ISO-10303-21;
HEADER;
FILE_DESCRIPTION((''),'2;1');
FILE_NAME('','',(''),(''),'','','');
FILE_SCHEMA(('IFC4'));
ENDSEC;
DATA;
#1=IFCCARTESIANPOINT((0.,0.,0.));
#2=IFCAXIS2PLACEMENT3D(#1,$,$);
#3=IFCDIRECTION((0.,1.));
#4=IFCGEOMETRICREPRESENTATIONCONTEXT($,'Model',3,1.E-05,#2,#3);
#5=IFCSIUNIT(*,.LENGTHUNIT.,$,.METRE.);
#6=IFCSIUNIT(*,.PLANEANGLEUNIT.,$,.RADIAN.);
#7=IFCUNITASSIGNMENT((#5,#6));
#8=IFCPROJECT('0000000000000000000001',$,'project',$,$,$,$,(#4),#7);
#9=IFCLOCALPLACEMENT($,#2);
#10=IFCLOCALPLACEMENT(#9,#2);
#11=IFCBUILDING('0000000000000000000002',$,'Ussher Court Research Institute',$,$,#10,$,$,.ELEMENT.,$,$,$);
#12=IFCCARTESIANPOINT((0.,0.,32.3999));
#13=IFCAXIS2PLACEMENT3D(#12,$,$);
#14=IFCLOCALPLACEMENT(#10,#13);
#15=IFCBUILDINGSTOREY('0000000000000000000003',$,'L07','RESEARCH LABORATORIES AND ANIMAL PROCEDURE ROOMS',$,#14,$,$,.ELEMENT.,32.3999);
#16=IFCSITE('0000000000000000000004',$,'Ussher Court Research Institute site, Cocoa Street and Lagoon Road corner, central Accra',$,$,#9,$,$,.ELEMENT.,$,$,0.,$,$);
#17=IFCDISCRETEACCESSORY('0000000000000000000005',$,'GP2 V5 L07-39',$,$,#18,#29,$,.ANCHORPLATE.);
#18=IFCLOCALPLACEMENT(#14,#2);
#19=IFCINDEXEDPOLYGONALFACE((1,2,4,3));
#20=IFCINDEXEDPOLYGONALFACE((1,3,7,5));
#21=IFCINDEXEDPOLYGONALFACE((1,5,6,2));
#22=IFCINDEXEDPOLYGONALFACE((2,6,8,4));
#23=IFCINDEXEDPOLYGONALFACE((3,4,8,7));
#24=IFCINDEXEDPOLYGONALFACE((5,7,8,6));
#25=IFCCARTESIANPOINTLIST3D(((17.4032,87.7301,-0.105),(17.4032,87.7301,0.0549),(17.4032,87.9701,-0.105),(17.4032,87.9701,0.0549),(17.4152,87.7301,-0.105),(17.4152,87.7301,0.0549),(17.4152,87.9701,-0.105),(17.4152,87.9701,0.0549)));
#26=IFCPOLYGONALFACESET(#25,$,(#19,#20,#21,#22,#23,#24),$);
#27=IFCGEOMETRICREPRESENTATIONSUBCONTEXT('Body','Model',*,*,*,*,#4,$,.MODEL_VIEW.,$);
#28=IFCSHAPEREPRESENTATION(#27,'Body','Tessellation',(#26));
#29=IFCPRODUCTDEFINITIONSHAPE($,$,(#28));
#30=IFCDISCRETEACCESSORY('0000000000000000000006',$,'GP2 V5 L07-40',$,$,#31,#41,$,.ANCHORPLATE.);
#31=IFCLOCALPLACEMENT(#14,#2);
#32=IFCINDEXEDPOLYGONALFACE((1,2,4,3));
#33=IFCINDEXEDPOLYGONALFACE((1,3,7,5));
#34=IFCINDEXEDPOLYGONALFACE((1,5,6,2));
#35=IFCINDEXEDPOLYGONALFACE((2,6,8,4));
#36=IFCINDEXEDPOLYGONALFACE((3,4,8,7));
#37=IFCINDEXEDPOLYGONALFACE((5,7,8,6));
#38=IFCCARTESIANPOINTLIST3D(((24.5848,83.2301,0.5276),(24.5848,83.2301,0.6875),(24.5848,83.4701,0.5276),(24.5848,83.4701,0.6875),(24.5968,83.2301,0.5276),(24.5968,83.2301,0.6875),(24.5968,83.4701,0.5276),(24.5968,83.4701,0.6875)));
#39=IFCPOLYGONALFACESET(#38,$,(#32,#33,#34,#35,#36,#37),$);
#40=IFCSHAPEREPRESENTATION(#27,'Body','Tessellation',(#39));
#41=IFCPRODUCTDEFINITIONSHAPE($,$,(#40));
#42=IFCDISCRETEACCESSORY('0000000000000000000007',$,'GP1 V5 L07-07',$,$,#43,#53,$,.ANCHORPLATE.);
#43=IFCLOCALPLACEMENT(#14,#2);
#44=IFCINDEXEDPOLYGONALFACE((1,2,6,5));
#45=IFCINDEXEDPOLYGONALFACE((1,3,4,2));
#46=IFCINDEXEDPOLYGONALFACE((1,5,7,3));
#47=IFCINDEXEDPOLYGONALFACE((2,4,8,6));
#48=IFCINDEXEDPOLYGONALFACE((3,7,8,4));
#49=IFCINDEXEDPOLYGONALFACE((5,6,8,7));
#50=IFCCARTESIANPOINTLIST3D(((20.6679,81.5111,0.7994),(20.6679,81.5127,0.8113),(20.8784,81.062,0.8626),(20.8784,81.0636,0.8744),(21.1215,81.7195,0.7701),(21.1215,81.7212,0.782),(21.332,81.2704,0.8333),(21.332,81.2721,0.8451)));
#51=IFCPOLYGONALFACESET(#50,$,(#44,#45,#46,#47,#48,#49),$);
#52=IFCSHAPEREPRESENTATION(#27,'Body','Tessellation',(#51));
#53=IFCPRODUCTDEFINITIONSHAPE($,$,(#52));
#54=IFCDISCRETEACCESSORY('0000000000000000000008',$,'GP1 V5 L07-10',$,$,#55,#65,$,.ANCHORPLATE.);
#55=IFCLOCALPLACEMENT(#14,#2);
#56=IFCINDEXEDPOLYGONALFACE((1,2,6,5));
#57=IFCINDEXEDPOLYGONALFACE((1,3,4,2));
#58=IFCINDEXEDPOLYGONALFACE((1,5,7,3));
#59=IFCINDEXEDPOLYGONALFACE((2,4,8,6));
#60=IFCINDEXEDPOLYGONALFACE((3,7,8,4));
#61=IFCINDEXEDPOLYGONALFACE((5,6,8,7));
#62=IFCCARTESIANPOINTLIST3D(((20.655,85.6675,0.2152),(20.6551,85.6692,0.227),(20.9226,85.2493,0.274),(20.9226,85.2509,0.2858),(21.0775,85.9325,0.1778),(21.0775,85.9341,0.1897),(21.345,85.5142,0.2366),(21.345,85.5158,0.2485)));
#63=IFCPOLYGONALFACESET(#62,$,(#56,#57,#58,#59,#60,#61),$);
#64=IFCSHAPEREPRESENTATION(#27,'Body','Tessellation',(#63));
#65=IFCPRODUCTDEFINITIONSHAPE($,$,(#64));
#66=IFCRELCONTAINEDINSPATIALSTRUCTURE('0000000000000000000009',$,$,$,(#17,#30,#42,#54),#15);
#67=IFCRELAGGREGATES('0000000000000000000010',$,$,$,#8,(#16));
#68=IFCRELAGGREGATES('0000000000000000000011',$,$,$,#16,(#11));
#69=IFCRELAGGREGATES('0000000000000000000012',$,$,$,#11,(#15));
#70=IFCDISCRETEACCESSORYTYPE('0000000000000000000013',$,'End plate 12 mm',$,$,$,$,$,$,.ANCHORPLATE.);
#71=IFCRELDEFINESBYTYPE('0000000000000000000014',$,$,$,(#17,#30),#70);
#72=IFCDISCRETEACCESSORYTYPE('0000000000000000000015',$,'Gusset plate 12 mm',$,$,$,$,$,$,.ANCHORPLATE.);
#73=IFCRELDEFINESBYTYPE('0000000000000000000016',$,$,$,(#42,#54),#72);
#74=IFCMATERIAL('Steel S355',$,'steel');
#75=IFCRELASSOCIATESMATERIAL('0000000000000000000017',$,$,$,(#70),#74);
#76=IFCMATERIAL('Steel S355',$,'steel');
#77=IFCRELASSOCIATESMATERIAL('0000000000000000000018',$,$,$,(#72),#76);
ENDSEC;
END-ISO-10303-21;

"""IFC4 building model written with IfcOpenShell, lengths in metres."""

from ifc_helpers import new_model, si_unit, direction, frame, origin, origin_2d, place, context, subcontext, project, spatial, rectangle, extrude, material, material_profile, profile_set, type_object, element, save


model = new_model("IFC4")

# Units and contexts
model_context = context("Model", 3, precision=1e-05, world=origin(), true_north=direction((0.0, 1.0)))
body_context = subcontext(model_context, "Body", "Model", "MODEL_VIEW")
ifc_project = project(units=[si_unit("LENGTHUNIT", "METRE"), si_unit("PLANEANGLEUNIT", "RADIAN")], contexts=[model_context])

# Site, building, storey
site_placement = place(None, origin())
site = spatial("IfcSite", under=ifc_project, at=site_placement, Name="Ussher Court Research Institute site, Cocoa Street and Lagoon Road corner, central Accra", CompositionType="ELEMENT", RefElevation=0.0)
building_placement = place(site_placement, origin())
building = spatial("IfcBuilding", under=site, at=building_placement, Name="Ussher Court Research Institute", CompositionType="ELEMENT")
storey_placement = place(building_placement, frame((0.0, 0.0, 32.3999)))
storey = spatial("IfcBuildingStorey", under=building, at=storey_placement, Name="L07", Description="RESEARCH LABORATORIES AND ANIMAL PROCEDURE ROOMS", CompositionType="ELEMENT", Elevation=32.3999)

# Discrete accessories
ifc_material_1 = material(Name="Steel S355", Category="steel")
ifc_material_profile_1 = material_profile(ifc_material_1, rectangle(XDim=0.012, YDim=0.24, at=origin_2d()), Name="PL 12x240")
ifc_profile_set_1 = profile_set([ifc_material_profile_1], Name="Steel S355")
discrete_accessory_type_1 = type_object("IfcDiscreteAccessoryType", Name="End plate 12 mm", PredefinedType="ANCHORPLATE", material=ifc_profile_set_1)
for number, where, z_axis, x_axis, name in (
    (1, (17.4092, 87.8501, -0.105), (0.0, 0.0, 1.0), (1.0, 0.0, 0.0), "GP2 V5 L07-39"),
    (2, (24.5908, 83.3501, 0.5276), (0.0, 0.0, 1.0), (1.0, 0.0, 0.0), "GP2 V5 L07-40"),
):
    element("IfcDiscreteAccessory", number, at=place(storey_placement, frame(where, z_axis=z_axis, x_axis=x_axis)), inside=storey, type_object=discrete_accessory_type_1, Name=name, PredefinedType="ANCHORPLATE", context=body_context, shape_type="SweptSolid", body=[
        extrude(rectangle(XDim=0.012, YDim=0.24, at=origin_2d()), origin(), (0.0, 0.0, 1.0), 0.1599),
    ])
ifc_material_2 = material(Name="Steel S355", Category="steel")
ifc_material_profile_2 = material_profile(ifc_material_2, rectangle(XDim=0.5, YDim=0.012, at=origin_2d()), Name="PL 500x12")
ifc_profile_set_2 = profile_set([ifc_material_profile_2], Name="Steel S355")
discrete_accessory_type_2 = type_object("IfcDiscreteAccessoryType", Name="Gusset plate 12 mm", PredefinedType="ANCHORPLATE", material=ifc_profile_set_2)
for number, where, z_axis, x_axis, name in (
    (3, (20.7732, 81.2874, 0.8369), (0.907056, 0.416914, -0.058583), (0.42101, -0.898228, 0.126245), "GP1 V5 L07-07"),
    (4, (20.7888, 85.4592, 0.2505), (0.844804, 0.529834, -0.074714), (0.535076, -0.836578, 0.117603), "GP1 V5 L07-10"),
):
    element("IfcDiscreteAccessory", number, at=place(storey_placement, frame(where, z_axis=z_axis, x_axis=x_axis)), inside=storey, type_object=discrete_accessory_type_2, Name=name, PredefinedType="ANCHORPLATE", context=body_context, shape_type="SweptSolid", body=[
        extrude(rectangle(XDim=0.5, YDim=0.012, at=origin_2d()), origin(), (0.0, 0.0, 1.0), 0.5),
    ])

save(model, "model.ifc")
